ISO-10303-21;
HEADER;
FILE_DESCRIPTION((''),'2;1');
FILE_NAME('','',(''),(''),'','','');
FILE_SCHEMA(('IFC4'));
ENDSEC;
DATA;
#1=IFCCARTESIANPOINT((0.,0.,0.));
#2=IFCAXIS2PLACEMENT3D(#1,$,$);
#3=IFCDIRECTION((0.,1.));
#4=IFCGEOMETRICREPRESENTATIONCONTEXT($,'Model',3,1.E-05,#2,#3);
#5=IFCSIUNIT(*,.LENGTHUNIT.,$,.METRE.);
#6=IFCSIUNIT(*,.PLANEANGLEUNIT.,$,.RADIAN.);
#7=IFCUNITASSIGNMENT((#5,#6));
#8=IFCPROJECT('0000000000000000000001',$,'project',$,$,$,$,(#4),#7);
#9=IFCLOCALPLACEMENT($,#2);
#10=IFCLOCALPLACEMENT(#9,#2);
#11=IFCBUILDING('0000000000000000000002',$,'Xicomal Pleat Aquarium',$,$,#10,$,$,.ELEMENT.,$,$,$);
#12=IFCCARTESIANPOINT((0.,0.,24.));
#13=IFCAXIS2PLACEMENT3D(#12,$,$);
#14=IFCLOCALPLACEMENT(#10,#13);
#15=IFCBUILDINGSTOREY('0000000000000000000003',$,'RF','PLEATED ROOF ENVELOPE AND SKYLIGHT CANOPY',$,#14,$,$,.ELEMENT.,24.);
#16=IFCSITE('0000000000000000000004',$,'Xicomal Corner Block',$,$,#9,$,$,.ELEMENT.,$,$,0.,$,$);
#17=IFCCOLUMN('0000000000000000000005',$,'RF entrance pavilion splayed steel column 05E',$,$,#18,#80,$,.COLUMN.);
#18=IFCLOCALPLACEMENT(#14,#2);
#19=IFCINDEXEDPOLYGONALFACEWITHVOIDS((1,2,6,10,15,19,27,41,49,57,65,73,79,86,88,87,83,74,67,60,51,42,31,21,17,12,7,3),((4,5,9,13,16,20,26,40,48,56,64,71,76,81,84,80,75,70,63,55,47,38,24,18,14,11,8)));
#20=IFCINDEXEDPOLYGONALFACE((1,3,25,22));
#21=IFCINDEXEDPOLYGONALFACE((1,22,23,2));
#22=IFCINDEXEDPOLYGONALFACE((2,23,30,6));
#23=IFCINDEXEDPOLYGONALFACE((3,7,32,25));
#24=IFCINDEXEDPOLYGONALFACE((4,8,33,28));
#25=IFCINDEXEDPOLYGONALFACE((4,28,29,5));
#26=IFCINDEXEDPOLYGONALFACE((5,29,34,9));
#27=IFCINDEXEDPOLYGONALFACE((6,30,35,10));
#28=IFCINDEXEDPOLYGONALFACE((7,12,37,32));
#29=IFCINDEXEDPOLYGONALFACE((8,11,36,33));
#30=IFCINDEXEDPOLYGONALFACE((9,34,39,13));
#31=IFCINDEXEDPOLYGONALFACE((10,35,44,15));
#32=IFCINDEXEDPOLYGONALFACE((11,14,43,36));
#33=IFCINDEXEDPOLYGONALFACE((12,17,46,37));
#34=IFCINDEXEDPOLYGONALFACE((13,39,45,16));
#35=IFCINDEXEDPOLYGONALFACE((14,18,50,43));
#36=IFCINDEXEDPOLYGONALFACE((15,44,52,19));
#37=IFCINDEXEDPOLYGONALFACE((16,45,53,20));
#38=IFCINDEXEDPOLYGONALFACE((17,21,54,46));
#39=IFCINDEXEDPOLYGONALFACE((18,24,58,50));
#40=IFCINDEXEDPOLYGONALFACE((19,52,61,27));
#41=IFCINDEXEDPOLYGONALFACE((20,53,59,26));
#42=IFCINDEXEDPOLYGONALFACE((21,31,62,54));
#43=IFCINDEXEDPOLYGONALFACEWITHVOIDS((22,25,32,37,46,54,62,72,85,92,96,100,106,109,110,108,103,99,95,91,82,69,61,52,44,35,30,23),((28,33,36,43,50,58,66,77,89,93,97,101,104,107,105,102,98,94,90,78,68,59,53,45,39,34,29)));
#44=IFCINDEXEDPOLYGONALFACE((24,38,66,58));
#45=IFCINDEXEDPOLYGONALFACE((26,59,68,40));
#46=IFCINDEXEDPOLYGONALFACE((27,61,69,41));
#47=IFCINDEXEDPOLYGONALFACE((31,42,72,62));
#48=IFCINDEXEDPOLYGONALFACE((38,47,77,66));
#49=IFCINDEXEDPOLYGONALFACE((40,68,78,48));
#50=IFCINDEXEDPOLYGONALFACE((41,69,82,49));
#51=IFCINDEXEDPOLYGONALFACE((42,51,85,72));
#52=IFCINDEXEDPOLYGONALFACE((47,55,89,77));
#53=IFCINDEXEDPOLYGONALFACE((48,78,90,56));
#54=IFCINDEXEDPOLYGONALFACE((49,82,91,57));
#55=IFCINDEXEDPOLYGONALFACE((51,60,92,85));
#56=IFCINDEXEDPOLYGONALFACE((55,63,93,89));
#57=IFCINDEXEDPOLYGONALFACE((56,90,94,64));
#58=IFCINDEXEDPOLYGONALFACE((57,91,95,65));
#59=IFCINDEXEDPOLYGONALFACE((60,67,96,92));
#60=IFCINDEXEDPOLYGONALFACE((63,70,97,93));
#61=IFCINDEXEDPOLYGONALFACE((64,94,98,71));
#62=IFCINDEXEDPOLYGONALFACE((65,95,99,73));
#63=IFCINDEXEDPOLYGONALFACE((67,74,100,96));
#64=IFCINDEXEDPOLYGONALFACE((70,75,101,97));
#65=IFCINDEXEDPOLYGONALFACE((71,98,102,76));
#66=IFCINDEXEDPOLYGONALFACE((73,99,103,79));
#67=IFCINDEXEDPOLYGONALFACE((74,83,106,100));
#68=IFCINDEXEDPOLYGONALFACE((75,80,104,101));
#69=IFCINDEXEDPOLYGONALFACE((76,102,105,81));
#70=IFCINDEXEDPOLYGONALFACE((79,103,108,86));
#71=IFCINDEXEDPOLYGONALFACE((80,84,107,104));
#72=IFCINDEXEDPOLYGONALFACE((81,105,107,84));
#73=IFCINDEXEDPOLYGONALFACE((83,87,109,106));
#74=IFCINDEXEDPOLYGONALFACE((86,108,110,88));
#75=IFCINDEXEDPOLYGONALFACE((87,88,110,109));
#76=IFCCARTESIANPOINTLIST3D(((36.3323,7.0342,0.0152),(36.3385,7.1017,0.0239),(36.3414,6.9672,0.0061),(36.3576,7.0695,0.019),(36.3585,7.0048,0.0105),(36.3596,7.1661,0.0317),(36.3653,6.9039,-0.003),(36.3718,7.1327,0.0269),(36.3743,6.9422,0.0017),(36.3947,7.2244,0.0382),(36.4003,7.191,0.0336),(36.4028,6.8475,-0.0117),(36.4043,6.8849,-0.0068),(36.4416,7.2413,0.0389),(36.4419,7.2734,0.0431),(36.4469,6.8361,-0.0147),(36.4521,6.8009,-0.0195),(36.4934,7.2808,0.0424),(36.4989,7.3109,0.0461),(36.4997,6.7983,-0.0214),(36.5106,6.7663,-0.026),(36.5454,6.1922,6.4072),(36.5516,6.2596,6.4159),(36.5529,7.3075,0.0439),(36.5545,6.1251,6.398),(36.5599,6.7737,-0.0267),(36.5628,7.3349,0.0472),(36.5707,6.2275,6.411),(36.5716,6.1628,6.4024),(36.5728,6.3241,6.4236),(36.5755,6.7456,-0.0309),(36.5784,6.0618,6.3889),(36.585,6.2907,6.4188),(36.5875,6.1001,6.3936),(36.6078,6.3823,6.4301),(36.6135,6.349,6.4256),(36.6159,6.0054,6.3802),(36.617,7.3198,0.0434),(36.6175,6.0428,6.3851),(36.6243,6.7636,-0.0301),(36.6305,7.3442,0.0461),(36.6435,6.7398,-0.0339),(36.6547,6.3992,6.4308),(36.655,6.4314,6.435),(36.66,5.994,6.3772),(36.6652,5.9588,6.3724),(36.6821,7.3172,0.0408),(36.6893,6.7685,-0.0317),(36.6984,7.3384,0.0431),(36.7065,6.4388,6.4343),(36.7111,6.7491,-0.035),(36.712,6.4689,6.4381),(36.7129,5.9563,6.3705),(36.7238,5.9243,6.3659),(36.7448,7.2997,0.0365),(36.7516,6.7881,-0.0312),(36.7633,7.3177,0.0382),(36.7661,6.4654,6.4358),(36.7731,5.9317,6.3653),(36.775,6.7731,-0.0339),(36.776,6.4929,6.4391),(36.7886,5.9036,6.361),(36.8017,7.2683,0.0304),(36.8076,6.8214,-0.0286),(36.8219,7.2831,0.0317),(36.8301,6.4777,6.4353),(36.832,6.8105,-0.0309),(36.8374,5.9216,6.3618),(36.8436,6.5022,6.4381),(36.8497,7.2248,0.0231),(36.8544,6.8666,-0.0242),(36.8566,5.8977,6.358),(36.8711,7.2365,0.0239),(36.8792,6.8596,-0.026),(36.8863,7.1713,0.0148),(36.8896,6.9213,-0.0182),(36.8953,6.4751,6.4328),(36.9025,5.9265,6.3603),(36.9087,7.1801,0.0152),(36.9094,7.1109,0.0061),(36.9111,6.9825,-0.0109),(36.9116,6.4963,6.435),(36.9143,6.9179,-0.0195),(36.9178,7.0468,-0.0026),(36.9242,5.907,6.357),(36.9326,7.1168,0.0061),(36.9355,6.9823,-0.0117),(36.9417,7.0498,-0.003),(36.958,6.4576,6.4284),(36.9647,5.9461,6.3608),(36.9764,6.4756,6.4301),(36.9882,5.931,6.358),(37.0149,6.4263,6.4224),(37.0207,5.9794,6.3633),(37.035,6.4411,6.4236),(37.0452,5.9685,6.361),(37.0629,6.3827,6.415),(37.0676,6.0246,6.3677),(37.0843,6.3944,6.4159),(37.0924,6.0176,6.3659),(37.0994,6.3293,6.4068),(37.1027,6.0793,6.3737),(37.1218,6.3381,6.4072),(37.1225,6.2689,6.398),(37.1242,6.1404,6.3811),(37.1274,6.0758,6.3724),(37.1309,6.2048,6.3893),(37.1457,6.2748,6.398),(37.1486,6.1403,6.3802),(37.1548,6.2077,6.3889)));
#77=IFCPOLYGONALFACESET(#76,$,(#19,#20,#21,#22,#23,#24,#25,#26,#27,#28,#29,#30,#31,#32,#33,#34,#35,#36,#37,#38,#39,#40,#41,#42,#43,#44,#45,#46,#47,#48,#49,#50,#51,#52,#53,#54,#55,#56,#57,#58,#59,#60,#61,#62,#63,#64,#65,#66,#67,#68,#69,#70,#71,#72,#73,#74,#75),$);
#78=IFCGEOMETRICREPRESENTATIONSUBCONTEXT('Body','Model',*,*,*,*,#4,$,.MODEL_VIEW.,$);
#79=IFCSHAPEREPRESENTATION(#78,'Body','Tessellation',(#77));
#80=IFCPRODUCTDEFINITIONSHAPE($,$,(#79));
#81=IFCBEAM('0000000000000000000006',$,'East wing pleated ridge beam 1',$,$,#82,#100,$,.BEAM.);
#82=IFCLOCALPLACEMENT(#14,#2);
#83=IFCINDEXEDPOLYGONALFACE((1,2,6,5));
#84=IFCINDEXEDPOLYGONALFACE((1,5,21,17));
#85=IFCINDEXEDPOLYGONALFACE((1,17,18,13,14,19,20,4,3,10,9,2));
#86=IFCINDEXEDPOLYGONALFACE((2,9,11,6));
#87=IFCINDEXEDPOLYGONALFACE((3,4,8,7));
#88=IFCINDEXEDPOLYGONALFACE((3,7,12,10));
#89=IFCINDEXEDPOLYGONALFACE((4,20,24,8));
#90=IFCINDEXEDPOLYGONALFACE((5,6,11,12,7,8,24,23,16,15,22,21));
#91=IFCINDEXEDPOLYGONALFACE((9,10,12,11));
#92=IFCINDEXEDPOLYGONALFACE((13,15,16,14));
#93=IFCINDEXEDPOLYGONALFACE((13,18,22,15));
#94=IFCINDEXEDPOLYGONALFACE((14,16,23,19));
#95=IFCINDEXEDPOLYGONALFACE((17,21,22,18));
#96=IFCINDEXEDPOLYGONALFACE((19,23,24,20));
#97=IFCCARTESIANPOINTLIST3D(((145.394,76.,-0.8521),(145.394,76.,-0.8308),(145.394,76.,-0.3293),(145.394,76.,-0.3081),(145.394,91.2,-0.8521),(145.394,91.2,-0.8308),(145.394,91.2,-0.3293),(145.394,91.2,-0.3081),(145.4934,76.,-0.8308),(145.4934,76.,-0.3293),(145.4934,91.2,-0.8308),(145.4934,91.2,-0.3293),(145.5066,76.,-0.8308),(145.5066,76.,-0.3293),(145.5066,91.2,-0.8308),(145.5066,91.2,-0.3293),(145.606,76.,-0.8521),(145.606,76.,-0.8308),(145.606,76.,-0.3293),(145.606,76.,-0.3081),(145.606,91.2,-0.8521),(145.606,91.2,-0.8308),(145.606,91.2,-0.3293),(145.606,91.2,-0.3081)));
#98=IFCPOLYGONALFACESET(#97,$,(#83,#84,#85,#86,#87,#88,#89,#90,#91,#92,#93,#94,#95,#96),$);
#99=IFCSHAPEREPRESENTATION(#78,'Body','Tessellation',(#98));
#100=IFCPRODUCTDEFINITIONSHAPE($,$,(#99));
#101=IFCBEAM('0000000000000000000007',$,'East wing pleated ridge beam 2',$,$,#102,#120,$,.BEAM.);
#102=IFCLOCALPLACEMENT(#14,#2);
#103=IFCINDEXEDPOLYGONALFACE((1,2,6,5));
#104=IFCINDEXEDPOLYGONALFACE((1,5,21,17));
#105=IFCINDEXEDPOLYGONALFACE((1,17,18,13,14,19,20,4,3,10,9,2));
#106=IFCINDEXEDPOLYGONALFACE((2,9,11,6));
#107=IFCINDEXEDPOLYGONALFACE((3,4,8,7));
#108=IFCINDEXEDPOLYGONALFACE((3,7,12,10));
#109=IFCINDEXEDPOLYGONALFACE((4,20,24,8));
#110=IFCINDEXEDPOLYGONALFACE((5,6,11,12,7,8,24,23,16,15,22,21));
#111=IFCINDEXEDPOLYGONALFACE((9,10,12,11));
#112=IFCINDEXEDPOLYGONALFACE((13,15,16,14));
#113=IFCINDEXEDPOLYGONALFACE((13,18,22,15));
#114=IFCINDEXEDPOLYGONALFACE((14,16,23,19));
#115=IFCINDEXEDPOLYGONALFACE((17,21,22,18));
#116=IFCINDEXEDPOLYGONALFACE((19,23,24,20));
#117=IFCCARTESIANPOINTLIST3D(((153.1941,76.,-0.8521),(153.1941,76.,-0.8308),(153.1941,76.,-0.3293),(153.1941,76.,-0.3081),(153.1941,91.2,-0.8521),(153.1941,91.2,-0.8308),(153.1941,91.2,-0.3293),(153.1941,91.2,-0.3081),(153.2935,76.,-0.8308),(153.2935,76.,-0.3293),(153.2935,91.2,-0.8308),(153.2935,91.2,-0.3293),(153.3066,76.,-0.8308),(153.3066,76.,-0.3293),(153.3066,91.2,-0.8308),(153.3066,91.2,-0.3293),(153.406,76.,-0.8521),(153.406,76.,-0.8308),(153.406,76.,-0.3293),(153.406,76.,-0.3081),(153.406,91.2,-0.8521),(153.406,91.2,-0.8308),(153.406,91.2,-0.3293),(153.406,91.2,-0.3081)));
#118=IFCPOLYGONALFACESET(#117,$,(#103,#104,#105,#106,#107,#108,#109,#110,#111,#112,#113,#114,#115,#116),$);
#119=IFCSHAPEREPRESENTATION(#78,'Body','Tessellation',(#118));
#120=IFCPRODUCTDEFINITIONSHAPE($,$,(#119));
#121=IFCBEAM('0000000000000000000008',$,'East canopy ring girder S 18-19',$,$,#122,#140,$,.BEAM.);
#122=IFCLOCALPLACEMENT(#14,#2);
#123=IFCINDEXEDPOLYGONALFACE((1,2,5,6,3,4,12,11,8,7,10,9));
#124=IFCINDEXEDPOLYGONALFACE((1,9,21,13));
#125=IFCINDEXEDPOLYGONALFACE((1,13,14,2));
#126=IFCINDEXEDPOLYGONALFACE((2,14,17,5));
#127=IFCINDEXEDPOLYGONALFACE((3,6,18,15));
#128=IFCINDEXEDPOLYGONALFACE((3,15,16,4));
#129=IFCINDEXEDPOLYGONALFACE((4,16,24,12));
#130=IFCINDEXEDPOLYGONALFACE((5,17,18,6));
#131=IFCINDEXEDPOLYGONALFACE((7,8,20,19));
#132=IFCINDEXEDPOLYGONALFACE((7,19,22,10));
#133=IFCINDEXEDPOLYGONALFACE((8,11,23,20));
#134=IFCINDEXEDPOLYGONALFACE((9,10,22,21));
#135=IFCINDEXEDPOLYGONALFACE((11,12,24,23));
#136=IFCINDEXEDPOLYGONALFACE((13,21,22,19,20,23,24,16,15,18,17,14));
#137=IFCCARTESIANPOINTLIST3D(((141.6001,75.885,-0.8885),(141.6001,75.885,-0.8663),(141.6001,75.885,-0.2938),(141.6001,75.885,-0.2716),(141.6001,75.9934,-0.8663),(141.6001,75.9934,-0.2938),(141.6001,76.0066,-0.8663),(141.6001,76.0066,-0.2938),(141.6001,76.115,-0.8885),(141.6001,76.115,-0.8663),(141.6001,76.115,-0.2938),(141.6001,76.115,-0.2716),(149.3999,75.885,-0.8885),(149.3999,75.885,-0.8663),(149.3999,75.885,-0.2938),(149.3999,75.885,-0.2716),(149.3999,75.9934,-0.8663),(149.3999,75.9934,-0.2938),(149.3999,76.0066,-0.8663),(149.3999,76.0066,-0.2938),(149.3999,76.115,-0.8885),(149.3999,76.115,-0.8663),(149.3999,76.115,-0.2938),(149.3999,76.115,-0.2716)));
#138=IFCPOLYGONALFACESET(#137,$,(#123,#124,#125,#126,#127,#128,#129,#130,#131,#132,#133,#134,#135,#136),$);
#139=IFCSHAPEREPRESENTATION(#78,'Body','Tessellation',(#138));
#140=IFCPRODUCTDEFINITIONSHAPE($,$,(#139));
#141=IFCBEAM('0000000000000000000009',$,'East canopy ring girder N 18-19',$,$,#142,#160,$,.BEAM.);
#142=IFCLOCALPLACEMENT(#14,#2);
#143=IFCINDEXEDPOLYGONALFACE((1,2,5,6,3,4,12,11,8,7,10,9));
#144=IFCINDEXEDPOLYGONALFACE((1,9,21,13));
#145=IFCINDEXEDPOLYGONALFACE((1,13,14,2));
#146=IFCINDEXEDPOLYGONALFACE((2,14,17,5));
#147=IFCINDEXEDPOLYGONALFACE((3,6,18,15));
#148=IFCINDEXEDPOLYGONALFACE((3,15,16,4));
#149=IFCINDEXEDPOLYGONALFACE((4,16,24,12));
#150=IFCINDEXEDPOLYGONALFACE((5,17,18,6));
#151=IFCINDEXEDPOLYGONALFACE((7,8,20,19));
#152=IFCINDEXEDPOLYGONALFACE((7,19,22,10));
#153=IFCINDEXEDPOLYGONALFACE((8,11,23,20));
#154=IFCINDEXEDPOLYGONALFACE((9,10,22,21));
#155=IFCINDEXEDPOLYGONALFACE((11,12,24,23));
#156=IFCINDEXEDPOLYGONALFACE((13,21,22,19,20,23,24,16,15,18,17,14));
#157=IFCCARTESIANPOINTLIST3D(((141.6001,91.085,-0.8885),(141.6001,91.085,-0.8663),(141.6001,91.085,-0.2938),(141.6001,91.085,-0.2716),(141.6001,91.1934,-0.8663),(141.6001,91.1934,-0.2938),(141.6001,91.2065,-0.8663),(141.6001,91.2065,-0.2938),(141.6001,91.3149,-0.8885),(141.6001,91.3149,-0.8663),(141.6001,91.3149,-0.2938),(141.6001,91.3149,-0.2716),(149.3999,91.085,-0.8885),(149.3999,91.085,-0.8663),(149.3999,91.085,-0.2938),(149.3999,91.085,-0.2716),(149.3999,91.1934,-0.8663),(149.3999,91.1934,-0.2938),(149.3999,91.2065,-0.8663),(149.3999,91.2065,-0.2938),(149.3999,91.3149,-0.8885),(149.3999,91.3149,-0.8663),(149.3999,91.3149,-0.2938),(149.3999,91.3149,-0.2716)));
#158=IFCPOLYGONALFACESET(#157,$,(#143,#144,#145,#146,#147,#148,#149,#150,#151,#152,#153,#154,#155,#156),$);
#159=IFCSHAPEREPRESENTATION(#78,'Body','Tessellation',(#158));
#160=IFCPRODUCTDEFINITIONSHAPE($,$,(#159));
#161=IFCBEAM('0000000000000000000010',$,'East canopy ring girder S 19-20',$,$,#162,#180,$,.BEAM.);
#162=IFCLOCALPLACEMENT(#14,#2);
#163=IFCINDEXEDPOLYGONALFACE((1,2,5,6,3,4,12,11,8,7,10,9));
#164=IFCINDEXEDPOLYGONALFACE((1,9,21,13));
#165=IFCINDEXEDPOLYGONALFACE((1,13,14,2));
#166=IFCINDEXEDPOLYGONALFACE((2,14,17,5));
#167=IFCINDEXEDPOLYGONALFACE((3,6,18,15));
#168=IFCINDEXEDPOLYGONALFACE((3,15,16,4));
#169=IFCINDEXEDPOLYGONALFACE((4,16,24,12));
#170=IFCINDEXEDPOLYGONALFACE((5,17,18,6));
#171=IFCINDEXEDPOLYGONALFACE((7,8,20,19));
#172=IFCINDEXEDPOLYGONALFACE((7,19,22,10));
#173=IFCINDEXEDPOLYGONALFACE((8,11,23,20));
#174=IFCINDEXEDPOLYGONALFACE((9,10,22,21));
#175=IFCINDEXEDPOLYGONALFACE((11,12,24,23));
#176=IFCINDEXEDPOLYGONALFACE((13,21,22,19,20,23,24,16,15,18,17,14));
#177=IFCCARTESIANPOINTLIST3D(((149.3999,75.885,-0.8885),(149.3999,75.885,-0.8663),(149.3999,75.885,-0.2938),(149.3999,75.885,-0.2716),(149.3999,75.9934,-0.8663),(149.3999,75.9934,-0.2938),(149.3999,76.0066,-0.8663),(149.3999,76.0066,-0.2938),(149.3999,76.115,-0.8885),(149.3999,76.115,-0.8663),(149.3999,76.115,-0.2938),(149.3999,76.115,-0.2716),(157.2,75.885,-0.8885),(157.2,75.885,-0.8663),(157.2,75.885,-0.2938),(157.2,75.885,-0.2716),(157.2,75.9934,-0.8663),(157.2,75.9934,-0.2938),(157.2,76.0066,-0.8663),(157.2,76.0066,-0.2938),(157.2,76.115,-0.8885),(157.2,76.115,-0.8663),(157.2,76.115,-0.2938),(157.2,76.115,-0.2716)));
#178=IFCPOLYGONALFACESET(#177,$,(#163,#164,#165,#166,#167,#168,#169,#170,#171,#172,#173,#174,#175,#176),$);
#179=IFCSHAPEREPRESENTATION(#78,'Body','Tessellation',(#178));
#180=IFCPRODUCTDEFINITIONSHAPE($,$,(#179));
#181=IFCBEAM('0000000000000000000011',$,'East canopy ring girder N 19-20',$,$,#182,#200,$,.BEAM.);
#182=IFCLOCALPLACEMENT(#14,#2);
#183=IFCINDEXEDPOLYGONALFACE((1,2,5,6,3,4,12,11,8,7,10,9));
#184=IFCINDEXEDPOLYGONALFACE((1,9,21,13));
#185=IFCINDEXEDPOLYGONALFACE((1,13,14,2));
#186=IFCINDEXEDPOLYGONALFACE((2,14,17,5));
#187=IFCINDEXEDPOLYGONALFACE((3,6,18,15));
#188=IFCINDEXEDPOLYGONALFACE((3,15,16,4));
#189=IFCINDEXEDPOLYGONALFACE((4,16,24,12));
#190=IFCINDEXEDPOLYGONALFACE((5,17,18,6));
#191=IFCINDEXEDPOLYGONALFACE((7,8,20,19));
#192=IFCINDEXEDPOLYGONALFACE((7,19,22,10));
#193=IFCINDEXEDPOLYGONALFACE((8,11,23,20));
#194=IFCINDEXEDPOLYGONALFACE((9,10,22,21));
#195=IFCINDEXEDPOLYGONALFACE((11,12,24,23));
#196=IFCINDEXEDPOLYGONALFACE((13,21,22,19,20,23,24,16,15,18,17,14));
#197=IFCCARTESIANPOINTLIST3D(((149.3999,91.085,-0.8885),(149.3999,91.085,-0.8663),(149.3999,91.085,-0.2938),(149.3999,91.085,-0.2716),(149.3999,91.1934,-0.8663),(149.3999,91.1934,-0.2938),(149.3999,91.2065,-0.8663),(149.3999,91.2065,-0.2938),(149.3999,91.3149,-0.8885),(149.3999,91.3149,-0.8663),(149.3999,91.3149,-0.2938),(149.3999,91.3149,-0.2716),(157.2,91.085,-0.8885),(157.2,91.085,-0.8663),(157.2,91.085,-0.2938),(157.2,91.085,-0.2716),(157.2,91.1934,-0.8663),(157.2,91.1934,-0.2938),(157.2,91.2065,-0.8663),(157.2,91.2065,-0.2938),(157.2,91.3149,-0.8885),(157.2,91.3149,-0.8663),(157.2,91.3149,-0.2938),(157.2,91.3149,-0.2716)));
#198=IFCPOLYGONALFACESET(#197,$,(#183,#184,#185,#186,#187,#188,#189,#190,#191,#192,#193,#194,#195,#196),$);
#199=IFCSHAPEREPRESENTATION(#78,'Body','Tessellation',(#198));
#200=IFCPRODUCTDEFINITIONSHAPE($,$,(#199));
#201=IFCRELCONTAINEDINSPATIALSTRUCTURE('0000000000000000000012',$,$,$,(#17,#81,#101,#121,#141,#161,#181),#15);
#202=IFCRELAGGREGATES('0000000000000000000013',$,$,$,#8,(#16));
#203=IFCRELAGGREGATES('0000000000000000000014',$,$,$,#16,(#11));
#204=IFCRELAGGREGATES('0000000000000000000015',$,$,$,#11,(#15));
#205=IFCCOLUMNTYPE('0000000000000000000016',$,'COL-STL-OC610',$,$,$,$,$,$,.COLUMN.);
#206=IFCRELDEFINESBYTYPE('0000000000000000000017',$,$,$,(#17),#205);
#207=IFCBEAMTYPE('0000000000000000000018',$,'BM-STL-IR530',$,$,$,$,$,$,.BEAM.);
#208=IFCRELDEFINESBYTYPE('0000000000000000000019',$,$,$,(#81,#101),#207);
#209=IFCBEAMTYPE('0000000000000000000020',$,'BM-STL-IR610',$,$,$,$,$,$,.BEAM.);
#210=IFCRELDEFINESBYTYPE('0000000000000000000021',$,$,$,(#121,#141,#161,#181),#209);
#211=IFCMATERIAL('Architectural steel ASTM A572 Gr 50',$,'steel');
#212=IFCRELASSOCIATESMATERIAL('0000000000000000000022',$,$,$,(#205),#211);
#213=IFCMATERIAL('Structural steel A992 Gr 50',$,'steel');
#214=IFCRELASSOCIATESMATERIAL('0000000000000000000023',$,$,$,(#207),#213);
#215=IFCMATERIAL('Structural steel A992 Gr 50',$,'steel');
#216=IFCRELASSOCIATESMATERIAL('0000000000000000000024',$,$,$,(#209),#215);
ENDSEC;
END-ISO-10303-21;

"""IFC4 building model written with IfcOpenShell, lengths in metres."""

from ifc_helpers import new_model, si_unit, direction, frame, origin, origin_2d, place, context, subcontext, project, spatial, hollow_circle, i_section, extrude, material, material_profile, profile_set, type_object, element, save


model = new_model("IFC4")

# Units and contexts
model_context = context("Model", 3, precision=1e-05, world=origin(), true_north=direction((0.0, 1.0)))
body_context = subcontext(model_context, "Body", "Model", "MODEL_VIEW")
ifc_project = project(units=[si_unit("LENGTHUNIT", "METRE"), si_unit("PLANEANGLEUNIT", "RADIAN")], contexts=[model_context])

# Site, building, storey
site_placement = place(None, origin())
site = spatial("IfcSite", under=ifc_project, at=site_placement, Name="Xicomal Corner Block", CompositionType="ELEMENT", RefElevation=0.0)
building_placement = place(site_placement, origin())
building = spatial("IfcBuilding", under=site, at=building_placement, Name="Xicomal Pleat Aquarium", CompositionType="ELEMENT")
storey_placement = place(building_placement, frame((0.0, 0.0, 24.0)))
storey = spatial("IfcBuildingStorey", under=building, at=storey_placement, Name="RF", Description="PLEATED ROOF ENVELOPE AND SKYLIGHT CANOPY", CompositionType="ELEMENT", Elevation=24.0)

# Column
ifc_material_1 = material(Name="Architectural steel ASTM A572 Gr 50", Category="steel")
ifc_material_profile_1 = material_profile(ifc_material_1, hollow_circle(Radius=0.3049, WallThickness=0.0239, at=origin_2d()), Name="OC 610x24")
ifc_profile_set_1 = profile_set([ifc_material_profile_1], Name="Architectural steel ASTM A572 Gr 50")
column_type = type_object("IfcColumnType", Name="COL-STL-OC610", PredefinedType="COLUMN", material=ifc_profile_set_1)
column_placement = place(storey_placement, frame((36.637, 7.042, 0.0061), z_axis=(0.033041, -0.130537, 0.990893), x_axis=(0.969427, 0.245378, 0.0)))
element("IfcColumn", 1, at=column_placement, inside=storey, type_object=column_type, Name="RF entrance pavilion splayed steel column 05E", PredefinedType="COLUMN", context=body_context, shape_type="SweptSolid", body=[
    extrude(hollow_circle(Radius=0.3049, WallThickness=0.0239, at=origin_2d()), origin(), (0.0, 0.0, 1.0), 6.4507),
])

# Beams
ifc_material_2 = material(Name="Structural steel A992 Gr 50", Category="steel")
ifc_material_profile_2 = material_profile(ifc_material_2, i_section(OverallWidth=0.2119, OverallDepth=0.5439, WebThickness=0.0132, FlangeThickness=0.0212, at=origin_2d()), Name="IR 530x123")
ifc_profile_set_2 = profile_set([ifc_material_profile_2], Name="Structural steel A992 Gr 50")
beam_type_1 = type_object("IfcBeamType", Name="BM-STL-IR530", PredefinedType="BEAM", material=ifc_profile_set_2)
for number, where, z_axis, x_axis, name in (
    (2, (145.5, 76.0, -0.5801), (0.0, 1.0, 0.0), (-1.0, 0.0, 0.0), "East wing pleated ridge beam 1"),
    (3, (153.3, 76.0, -0.5801), (0.0, 1.0, 0.0), (-1.0, 0.0, 0.0), "East wing pleated ridge beam 2"),
):
    element("IfcBeam", number, at=place(storey_placement, frame(where, z_axis=z_axis, x_axis=x_axis)), inside=storey, type_object=beam_type_1, Name=name, PredefinedType="BEAM", context=body_context, shape_type="SweptSolid", body=[
        extrude(i_section(OverallWidth=0.2119, OverallDepth=0.5439, WebThickness=0.0132, FlangeThickness=0.0212, at=origin_2d()), origin(), (0.0, 0.0, 1.0), 15.2),
    ])
ifc_material_3 = material(Name="Structural steel A992 Gr 50", Category="steel")
ifc_material_profile_3 = material_profile(ifc_material_3, i_section(OverallWidth=0.23, OverallDepth=0.6169, WebThickness=0.0132, FlangeThickness=0.0222, at=origin_2d()), Name="IR 610x140")
ifc_profile_set_3 = profile_set([ifc_material_profile_3], Name="Structural steel A992 Gr 50")
beam_type_2 = type_object("IfcBeamType", Name="BM-STL-IR610", PredefinedType="BEAM", material=ifc_profile_set_3)
for number, where, z_axis, x_axis, name in (
    (4, (141.6001, 76.0, -0.5801), (1.0, 0.0, 0.0), (0.0, 1.0, 0.0), "East canopy ring girder S 18-19"),
    (5, (141.6001, 91.2, -0.5801), (1.0, 0.0, 0.0), (0.0, 1.0, 0.0), "East canopy ring girder N 18-19"),
):
    element("IfcBeam", number, at=place(storey_placement, frame(where, z_axis=z_axis, x_axis=x_axis)), inside=storey, type_object=beam_type_2, Name=name, PredefinedType="BEAM", context=body_context, shape_type="SweptSolid", body=[
        extrude(i_section(OverallWidth=0.23, OverallDepth=0.6169, WebThickness=0.0132, FlangeThickness=0.0222, at=origin_2d()), origin(), (0.0, 0.0, 1.0), 7.7998),
    ])
for number, where, z_axis, x_axis, name in (
    (6, (149.3999, 76.0, -0.5801), (1.0, 0.0, 0.0), (0.0, 1.0, 0.0), "East canopy ring girder S 19-20"),
    (7, (149.3999, 91.2, -0.5801), (1.0, 0.0, 0.0), (0.0, 1.0, 0.0), "East canopy ring girder N 19-20"),
):
    element("IfcBeam", number, at=place(storey_placement, frame(where, z_axis=z_axis, x_axis=x_axis)), inside=storey, type_object=beam_type_2, Name=name, PredefinedType="BEAM", context=body_context, shape_type="SweptSolid", body=[
        extrude(i_section(OverallWidth=0.23, OverallDepth=0.6169, WebThickness=0.0132, FlangeThickness=0.0222, at=origin_2d()), origin(), (0.0, 0.0, 1.0), 7.8),
    ])

save(model, "model.ifc")
